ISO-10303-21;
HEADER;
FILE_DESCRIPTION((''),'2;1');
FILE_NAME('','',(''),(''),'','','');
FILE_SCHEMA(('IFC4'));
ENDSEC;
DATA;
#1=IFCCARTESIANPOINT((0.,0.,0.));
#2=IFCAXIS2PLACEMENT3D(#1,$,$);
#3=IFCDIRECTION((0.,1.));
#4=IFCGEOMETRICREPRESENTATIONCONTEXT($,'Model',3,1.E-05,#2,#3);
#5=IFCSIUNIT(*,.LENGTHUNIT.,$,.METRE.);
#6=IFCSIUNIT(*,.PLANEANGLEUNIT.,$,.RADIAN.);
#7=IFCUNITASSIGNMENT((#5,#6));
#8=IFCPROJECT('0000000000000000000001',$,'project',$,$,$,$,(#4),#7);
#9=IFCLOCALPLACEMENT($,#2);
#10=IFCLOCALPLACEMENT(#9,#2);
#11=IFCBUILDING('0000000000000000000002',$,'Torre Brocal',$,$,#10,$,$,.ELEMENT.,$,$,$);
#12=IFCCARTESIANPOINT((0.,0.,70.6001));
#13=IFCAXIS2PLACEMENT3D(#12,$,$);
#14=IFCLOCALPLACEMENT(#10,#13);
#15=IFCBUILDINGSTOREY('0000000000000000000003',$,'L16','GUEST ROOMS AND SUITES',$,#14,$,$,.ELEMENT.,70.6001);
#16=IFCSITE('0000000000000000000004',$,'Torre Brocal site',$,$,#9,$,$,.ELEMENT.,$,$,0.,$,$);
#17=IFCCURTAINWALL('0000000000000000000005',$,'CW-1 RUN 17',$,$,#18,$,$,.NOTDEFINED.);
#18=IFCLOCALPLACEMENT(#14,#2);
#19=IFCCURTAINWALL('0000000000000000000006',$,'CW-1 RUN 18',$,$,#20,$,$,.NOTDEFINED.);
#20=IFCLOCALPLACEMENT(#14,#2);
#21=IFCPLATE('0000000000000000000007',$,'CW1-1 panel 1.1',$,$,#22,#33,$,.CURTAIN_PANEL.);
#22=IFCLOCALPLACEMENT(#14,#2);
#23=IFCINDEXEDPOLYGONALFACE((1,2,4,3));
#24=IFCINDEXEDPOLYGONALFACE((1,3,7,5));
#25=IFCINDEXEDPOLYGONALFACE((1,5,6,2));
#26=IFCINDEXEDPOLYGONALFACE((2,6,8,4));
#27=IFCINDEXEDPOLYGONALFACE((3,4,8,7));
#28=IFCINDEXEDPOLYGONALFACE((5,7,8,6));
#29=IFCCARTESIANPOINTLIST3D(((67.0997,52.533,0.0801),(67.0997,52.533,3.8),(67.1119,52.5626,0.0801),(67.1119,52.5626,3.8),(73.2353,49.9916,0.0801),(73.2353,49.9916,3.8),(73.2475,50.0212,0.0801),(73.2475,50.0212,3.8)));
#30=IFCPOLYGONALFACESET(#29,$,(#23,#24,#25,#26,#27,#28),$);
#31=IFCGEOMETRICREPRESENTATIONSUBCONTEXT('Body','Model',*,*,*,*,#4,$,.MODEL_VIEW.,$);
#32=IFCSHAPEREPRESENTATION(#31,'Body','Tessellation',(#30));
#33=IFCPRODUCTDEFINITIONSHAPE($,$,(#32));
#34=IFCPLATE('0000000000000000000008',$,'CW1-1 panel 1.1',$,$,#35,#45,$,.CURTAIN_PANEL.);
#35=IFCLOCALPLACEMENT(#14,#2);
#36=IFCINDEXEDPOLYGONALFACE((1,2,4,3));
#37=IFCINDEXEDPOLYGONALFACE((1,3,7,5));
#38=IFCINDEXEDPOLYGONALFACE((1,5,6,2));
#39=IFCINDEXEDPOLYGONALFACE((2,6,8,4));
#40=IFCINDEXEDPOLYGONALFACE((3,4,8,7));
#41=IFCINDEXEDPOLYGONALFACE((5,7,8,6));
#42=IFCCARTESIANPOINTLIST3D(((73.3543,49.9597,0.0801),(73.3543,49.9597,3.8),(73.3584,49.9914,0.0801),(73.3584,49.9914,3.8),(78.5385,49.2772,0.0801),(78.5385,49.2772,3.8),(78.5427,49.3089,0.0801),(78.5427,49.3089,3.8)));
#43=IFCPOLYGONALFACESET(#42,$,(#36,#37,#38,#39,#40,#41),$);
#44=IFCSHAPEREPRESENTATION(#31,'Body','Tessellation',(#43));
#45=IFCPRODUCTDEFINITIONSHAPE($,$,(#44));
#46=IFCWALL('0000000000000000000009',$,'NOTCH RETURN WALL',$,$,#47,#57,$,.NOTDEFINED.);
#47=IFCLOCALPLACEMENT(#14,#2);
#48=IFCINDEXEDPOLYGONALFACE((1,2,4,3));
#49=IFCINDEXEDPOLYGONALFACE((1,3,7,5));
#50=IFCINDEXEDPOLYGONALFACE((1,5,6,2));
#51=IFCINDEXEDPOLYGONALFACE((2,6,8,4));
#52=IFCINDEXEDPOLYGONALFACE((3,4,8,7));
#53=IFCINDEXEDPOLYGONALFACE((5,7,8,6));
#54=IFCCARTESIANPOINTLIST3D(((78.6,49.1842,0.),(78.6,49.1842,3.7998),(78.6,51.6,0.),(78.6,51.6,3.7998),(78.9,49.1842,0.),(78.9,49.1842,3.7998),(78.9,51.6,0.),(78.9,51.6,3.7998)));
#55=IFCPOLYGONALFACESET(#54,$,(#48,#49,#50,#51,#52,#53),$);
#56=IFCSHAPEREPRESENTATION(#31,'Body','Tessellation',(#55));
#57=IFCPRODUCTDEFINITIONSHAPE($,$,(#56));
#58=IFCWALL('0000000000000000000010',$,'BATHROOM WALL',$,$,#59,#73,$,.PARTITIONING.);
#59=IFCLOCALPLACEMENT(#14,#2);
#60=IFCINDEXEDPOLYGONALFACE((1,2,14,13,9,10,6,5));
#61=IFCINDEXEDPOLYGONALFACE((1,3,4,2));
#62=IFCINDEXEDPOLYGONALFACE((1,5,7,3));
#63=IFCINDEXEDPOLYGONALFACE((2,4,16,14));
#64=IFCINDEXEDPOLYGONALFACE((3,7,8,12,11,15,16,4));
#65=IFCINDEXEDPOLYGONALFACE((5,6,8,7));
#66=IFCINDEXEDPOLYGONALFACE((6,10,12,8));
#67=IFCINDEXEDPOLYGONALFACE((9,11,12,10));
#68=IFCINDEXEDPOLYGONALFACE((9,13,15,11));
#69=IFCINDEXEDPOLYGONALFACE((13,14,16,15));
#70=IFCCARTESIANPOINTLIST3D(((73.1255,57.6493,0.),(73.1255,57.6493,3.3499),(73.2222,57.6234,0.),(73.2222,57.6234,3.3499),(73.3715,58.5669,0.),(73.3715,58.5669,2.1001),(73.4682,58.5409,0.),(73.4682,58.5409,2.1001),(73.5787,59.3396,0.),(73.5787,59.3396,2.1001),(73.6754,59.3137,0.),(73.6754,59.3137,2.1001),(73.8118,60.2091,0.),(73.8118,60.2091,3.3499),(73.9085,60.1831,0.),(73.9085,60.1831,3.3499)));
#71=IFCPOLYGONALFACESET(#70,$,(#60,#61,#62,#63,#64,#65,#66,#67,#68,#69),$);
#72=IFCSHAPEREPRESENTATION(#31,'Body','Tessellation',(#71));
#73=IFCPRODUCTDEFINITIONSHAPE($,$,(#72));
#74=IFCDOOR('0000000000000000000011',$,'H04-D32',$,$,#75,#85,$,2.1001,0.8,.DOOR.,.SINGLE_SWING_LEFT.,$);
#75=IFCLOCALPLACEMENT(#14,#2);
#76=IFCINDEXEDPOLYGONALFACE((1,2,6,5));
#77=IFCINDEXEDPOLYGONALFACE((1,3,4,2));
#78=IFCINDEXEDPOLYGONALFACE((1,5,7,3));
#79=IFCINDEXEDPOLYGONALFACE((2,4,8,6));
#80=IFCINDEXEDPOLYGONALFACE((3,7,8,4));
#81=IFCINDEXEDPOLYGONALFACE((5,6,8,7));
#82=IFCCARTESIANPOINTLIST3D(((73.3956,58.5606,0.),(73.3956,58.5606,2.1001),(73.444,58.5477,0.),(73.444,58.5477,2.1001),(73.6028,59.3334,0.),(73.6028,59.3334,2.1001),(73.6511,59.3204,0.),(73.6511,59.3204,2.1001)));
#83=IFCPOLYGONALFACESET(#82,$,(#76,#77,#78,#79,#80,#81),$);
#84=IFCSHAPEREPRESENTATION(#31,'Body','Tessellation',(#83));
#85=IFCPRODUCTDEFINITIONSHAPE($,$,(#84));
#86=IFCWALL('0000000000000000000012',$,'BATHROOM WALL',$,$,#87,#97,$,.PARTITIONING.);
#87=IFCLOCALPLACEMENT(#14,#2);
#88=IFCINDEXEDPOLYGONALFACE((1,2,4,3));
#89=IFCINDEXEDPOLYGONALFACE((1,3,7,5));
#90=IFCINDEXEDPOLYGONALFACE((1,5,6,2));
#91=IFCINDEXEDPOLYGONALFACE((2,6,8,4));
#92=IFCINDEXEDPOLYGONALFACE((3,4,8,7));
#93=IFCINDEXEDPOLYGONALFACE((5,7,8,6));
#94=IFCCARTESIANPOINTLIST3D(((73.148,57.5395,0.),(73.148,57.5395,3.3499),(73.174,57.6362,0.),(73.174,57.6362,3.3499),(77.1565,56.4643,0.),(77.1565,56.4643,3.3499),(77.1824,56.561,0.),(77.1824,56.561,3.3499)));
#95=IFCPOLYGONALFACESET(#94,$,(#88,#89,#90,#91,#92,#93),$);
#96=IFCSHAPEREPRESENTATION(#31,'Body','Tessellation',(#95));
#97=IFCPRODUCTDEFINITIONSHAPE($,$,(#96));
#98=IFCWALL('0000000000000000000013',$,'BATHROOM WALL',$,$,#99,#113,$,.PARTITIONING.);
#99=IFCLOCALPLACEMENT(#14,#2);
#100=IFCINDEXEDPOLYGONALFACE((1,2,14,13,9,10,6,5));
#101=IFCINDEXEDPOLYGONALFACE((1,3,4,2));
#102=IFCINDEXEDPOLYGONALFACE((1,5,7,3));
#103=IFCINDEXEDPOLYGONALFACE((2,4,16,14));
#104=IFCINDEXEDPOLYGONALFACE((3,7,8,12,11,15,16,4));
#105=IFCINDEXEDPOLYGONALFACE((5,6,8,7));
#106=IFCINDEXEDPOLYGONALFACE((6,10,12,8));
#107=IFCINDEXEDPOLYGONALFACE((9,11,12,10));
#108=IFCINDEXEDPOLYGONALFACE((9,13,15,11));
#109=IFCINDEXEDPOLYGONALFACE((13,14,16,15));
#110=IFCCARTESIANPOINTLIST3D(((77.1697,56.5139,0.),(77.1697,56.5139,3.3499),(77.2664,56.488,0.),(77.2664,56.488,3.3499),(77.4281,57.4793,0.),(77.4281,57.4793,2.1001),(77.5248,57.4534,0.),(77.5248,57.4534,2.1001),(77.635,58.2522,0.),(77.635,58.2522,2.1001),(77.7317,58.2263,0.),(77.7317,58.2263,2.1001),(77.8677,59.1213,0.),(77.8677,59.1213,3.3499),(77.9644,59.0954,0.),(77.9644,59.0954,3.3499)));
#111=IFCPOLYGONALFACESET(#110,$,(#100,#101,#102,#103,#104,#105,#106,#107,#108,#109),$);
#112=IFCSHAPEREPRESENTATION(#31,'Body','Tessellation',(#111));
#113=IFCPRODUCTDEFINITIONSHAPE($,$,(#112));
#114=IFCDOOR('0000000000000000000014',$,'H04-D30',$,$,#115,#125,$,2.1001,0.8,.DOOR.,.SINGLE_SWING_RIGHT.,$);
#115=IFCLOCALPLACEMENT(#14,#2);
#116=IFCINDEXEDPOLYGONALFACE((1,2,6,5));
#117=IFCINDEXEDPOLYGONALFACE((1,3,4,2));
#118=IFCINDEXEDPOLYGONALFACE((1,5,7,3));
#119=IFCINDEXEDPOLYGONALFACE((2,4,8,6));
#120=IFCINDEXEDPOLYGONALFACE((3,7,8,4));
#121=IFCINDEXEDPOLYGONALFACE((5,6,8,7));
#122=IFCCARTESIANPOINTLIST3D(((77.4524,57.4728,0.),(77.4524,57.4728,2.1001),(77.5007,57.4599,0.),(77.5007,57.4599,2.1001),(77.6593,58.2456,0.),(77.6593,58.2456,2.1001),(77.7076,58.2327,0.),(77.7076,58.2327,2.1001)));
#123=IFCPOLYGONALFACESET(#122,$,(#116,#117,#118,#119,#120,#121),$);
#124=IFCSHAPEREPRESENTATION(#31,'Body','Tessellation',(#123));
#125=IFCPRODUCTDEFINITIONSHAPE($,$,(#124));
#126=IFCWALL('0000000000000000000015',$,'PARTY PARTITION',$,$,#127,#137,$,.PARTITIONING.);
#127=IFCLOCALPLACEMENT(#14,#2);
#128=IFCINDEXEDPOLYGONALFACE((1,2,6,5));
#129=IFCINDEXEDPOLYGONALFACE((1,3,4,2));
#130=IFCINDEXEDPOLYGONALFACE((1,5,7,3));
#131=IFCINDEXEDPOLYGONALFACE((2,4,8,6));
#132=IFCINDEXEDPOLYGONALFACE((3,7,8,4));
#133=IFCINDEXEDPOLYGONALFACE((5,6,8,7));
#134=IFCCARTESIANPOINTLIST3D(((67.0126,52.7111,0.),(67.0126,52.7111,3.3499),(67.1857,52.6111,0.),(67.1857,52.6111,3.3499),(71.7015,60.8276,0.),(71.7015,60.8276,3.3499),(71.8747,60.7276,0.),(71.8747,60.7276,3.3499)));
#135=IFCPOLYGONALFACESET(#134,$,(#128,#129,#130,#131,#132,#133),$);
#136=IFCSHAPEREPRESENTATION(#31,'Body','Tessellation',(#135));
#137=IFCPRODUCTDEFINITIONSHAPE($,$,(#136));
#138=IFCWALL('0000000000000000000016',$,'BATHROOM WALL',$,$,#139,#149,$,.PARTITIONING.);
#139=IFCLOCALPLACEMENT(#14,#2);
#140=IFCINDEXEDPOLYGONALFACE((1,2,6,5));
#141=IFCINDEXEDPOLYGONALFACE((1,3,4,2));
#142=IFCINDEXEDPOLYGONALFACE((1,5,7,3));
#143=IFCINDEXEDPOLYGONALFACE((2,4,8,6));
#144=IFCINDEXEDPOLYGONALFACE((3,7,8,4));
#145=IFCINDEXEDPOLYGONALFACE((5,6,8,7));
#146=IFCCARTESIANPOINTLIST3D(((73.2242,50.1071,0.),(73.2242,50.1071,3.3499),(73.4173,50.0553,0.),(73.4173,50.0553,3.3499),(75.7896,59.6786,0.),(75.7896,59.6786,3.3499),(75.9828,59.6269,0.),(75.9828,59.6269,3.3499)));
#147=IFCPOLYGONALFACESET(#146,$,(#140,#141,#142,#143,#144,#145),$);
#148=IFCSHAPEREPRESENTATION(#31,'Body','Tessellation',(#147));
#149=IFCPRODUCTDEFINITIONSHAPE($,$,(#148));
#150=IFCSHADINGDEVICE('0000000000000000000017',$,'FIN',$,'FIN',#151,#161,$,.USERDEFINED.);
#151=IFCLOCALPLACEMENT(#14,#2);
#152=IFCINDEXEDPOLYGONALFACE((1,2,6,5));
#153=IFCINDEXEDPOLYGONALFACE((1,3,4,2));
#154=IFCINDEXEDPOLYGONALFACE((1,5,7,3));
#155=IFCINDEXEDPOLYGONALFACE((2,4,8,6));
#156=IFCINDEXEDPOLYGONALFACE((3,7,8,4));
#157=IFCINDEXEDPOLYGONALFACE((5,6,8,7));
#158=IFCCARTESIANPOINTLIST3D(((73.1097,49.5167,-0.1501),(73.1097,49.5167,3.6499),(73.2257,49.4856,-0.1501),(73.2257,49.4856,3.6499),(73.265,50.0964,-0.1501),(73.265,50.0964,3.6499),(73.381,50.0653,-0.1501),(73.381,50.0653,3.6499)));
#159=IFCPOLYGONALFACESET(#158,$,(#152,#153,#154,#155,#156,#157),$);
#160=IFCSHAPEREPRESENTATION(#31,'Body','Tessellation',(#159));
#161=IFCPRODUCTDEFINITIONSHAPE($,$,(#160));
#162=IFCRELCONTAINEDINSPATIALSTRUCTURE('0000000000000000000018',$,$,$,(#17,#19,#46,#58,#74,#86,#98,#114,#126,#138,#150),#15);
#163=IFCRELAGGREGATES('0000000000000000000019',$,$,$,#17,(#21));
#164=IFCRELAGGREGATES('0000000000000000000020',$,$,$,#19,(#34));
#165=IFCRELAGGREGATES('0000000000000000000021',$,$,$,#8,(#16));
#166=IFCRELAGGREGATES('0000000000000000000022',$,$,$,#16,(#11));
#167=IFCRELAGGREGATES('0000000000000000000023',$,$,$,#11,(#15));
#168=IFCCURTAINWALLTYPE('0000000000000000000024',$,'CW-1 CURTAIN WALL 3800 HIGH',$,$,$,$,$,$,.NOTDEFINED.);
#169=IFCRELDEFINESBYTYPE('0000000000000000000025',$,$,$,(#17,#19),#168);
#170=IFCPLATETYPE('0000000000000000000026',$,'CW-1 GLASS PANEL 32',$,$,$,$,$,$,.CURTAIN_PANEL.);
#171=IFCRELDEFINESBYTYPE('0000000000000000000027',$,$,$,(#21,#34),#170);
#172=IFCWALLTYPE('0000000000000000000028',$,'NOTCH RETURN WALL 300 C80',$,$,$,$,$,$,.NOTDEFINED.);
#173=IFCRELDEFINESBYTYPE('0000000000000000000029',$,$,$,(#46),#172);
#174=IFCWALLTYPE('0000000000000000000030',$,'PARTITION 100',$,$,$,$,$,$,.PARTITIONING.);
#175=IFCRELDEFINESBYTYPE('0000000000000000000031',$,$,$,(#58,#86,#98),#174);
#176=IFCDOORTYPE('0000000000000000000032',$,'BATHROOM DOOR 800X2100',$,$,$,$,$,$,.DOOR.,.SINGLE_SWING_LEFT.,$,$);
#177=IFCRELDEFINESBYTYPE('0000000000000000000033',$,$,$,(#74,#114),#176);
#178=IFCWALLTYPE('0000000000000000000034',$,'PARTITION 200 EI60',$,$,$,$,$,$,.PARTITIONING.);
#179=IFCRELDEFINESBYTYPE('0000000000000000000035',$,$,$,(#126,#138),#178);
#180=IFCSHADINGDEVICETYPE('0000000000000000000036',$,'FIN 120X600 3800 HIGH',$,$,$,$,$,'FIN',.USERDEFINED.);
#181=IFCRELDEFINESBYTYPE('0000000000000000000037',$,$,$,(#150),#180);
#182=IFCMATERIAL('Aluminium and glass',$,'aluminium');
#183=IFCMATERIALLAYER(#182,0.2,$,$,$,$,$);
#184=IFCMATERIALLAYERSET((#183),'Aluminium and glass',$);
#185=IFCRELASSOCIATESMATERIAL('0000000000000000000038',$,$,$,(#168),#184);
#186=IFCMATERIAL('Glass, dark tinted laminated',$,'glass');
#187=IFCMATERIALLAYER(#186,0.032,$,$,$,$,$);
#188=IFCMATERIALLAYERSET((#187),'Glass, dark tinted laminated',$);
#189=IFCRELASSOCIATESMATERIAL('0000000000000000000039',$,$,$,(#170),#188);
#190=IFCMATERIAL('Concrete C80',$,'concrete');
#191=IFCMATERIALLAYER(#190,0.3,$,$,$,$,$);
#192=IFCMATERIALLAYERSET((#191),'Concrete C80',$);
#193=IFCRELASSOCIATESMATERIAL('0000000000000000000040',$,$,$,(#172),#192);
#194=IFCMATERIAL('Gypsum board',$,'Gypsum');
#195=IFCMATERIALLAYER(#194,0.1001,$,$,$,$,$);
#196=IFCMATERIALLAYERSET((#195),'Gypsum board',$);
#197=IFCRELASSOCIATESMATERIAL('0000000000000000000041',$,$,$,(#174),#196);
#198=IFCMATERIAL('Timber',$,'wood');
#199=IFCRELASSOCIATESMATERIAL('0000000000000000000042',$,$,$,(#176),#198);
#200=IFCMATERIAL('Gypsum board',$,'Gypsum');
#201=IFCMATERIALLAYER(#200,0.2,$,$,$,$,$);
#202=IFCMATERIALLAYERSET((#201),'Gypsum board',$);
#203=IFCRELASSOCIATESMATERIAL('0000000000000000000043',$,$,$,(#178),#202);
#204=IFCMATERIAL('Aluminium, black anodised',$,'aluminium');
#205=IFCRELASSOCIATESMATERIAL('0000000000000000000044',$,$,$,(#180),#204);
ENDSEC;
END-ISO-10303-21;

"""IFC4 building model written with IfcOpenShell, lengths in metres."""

from ifc_helpers import new_model, si_unit, direction, frame, frame_2d, origin, origin_2d, place, context, subcontext, project, spatial, rectangle, extrude, material, layer, layer_set, material_profile, profile_set, type_object, element, fill, aggregate, save


model = new_model("IFC4")

# Units and contexts
model_context = context("Model", 3, precision=1e-05, world=origin(), true_north=direction((0.0, 1.0)))
body_context = subcontext(model_context, "Body", "Model", "MODEL_VIEW")
ifc_project = project(units=[si_unit("LENGTHUNIT", "METRE"), si_unit("PLANEANGLEUNIT", "RADIAN")], contexts=[model_context])

# Site, building, storey
site_placement = place(None, origin())
site = spatial("IfcSite", under=ifc_project, at=site_placement, Name="Torre Brocal site", CompositionType="ELEMENT", RefElevation=0.0)
building_placement = place(site_placement, origin())
building = spatial("IfcBuilding", under=site, at=building_placement, Name="Torre Brocal", CompositionType="ELEMENT")
storey_placement = place(building_placement, frame((0.0, 0.0, 70.6001)))
storey = spatial("IfcBuildingStorey", under=building, at=storey_placement, Name="L16", Description="GUEST ROOMS AND SUITES", CompositionType="ELEMENT", Elevation=70.6001)

# Curtain walls
ifc_material_1 = material(Name="Aluminium and glass", Category="aluminium")
ifc_layer_1 = layer(ifc_material_1, 0.2)
ifc_layer_set_1 = layer_set([ifc_layer_1], Name="Aluminium and glass")
curtain_wall_type = type_object("IfcCurtainWallType", Name="CW-1 CURTAIN WALL 3800 HIGH", PredefinedType="NOTDEFINED", material=ifc_layer_set_1)
curtain_wall_1_placement = place(storey_placement, origin())
curtain_wall_1 = element("IfcCurtainWall", 1, at=curtain_wall_1_placement, inside=storey, type_object=curtain_wall_type, Name="CW-1 RUN 17", PredefinedType="NOTDEFINED")
curtain_wall_2_placement = place(storey_placement, origin())
curtain_wall_2 = element("IfcCurtainWall", 2, at=curtain_wall_2_placement, inside=storey, type_object=curtain_wall_type, Name="CW-1 RUN 18", PredefinedType="NOTDEFINED")

# Plates
ifc_material_2 = material(Name="Glass, dark tinted laminated", Category="glass")
ifc_layer_2 = layer(ifc_material_2, 0.032)
ifc_layer_set_2 = layer_set([ifc_layer_2], Name="Glass, dark tinted laminated")
plate_type = type_object("IfcPlateType", Name="CW-1 GLASS PANEL 32", PredefinedType="CURTAIN_PANEL", material=ifc_layer_set_2)
plate_1_placement = place(storey_placement, frame((70.1736, 51.2771, 0.0801), z_axis=(0.0, 0.0, 1.0), x_axis=(0.92388, -0.382683, 0.0)))
plate_1 = element("IfcPlate", 3, at=plate_1_placement, type_object=plate_type, Name="CW1-1 panel 1.1", PredefinedType="CURTAIN_PANEL", context=body_context, shape_type="SweptSolid", body=[
    extrude(rectangle(XDim=6.6411, YDim=0.032, at=origin_2d()), origin(), (0.0, 0.0, 1.0), 3.72),
])
aggregate(curtain_wall_1, [plate_1])
plate_2_placement = place(storey_placement, frame((75.9485, 49.6343, 0.0801), z_axis=(0.0, 0.0, 1.0), x_axis=(0.991445, -0.130526, 0.0)))
plate_2 = element("IfcPlate", 4, at=plate_2_placement, type_object=plate_type, Name="CW1-1 panel 1.1", PredefinedType="CURTAIN_PANEL", context=body_context, shape_type="SweptSolid", body=[
    extrude(rectangle(XDim=5.229, YDim=0.032, at=origin_2d()), origin(), (0.0, 0.0, 1.0), 3.72),
])
aggregate(curtain_wall_2, [plate_2])

# Wall
ifc_material_3 = material(Name="Concrete C80", Category="concrete")
ifc_layer_3 = layer(ifc_material_3, 0.3)
ifc_layer_set_3 = layer_set([ifc_layer_3], Name="Concrete C80")
wall_type_1 = type_object("IfcWallType", Name="NOTCH RETURN WALL 300 C80", PredefinedType="NOTDEFINED", material=ifc_layer_set_3)
wall_1_placement = place(storey_placement, frame((78.75, 51.6001, 0.0), z_axis=(0.0, 0.0, 1.0), x_axis=(0.0, -1.0, 0.0)))
element("IfcWall", 5, at=wall_1_placement, inside=storey, type_object=wall_type_1, Name="NOTCH RETURN WALL", PredefinedType="NOTDEFINED", context=body_context, shape_type="SweptSolid", body=[
    extrude(rectangle(XDim=2.4158, YDim=0.3, at=frame_2d((1.208, 0.0))), origin(), (0.0, 0.0, 1.0), 3.7998),
])

# Wall, opening, door
ifc_material_4 = material(Name="Gypsum board", Category="Gypsum")
ifc_layer_4 = layer(ifc_material_4, 0.1001)
ifc_layer_set_4 = layer_set([ifc_layer_4], Name="Gypsum board")
wall_type_2 = type_object("IfcWallType", Name="PARTITION 100", PredefinedType="PARTITIONING", material=ifc_layer_set_4)
wall_2_placement = place(storey_placement, frame((73.1738, 57.6362, 0.0), z_axis=(0.0, 0.0, 1.0), x_axis=(0.258952, 0.96589, 0.0)))
wall_2 = element("IfcWall", 6, at=wall_2_placement, inside=storey, type_object=wall_type_2, Name="BATHROOM WALL", PredefinedType="PARTITIONING", context=body_context, shape_type="SweptSolid", body=[
    extrude(rectangle(XDim=2.6501, YDim=0.1001, at=frame_2d((1.3252, 0.0))), origin(), (0.0, 0.0, 1.0), 3.3499),
])
opening_1_placement = place(wall_2_placement, frame((0.9502, 0.0, 0.0)))
opening_1 = element("IfcOpeningElement", 7, at=opening_1_placement, cuts=wall_2, PredefinedType="OPENING", context=body_context, shape_type="SweptSolid", body=[
    extrude(rectangle(XDim=0.8, YDim=2.1001, at=frame_2d((0.3999, 1.05))), frame((0.0, 0.0601, 0.0), z_axis=(0.0, -1.0, 0.0), x_axis=(1.0, 0.0, 0.0)), (0.0, 0.0, 1.0), 0.1201),
])
ifc_material_5 = material(Name="Timber", Category="wood")
door_type = type_object("IfcDoorType", Name="BATHROOM DOOR 800X2100", OperationType="SINGLE_SWING_LEFT", PredefinedType="DOOR", material=ifc_material_5)
door_1_placement = place(opening_1_placement, frame((0.8, 0.0, 0.0), z_axis=(0.0, 0.0, 1.0), x_axis=(-1.0, 0.0, 0.0)))
door_1 = element("IfcDoor", 8, at=door_1_placement, inside=storey, type_object=door_type, Name="H04-D32", OperationType="SINGLE_SWING_LEFT", OverallHeight=2.1001, OverallWidth=0.8, PredefinedType="DOOR", context=body_context, shape_type="SweptSolid", body=[
    extrude(rectangle(XDim=0.8, YDim=2.1001, at=frame_2d((0.3999, 1.05))), frame((0.0, 0.0249, 0.0), z_axis=(0.0, -1.0, 0.0), x_axis=(1.0, 0.0, 0.0)), (0.0, 0.0, 1.0), 0.05),
])
fill(opening_1, door_1)

# Wall
wall_3_placement = place(storey_placement, frame((73.1609, 57.5879, 0.0), z_axis=(0.0, 0.0, 1.0), x_axis=(0.965859, -0.259068, 0.0)))
element("IfcWall", 9, at=wall_3_placement, inside=storey, type_object=wall_type_2, Name="BATHROOM WALL", PredefinedType="PARTITIONING", context=body_context, shape_type="SweptSolid", body=[
    extrude(rectangle(XDim=4.1501, YDim=0.1001, at=frame_2d((2.0752, 0.0))), origin(), (0.0, 0.0, 1.0), 3.3499),
])

# Wall, opening, door
wall_4_placement = place(storey_placement, frame((77.218, 56.501, 0.0), z_axis=(0.0, 0.0, 1.0), x_axis=(0.258591, 0.965987, 0.0)))
wall_4 = element("IfcWall", 10, at=wall_4_placement, inside=storey, type_object=wall_type_2, Name="BATHROOM WALL", PredefinedType="PARTITIONING", context=body_context, shape_type="SweptSolid", body=[
    extrude(rectangle(XDim=2.6992, YDim=0.1001, at=frame_2d((1.3496, 0.0))), origin(), (0.0, 0.0, 1.0), 3.3499),
])
opening_2_placement = place(wall_4_placement, frame((0.9995, 0.0, 0.0)))
opening_2 = element("IfcOpeningElement", 11, at=opening_2_placement, cuts=wall_4, PredefinedType="OPENING", context=body_context, shape_type="SweptSolid", body=[
    extrude(rectangle(XDim=0.8, YDim=2.1001, at=frame_2d((0.3999, 1.05))), frame((0.0, 0.0601, 0.0), z_axis=(0.0, -1.0, 0.0), x_axis=(1.0, 0.0, 0.0)), (0.0, 0.0, 1.0), 0.1201),
])
door_2_placement = place(opening_2_placement, origin())
door_2 = element("IfcDoor", 12, at=door_2_placement, inside=storey, type_object=door_type, Name="H04-D30", OperationType="SINGLE_SWING_RIGHT", OverallHeight=2.1001, OverallWidth=0.8, PredefinedType="DOOR", context=body_context, shape_type="SweptSolid", body=[
    extrude(rectangle(XDim=0.8, YDim=2.1001, at=frame_2d((0.3999, 1.05))), frame((0.0, 0.0249, 0.0), z_axis=(0.0, -1.0, 0.0), x_axis=(1.0, 0.0, 0.0)), (0.0, 0.0, 1.0), 0.05),
])
fill(opening_2, door_2)

# Walls
ifc_material_6 = material(Name="Gypsum board", Category="Gypsum")
ifc_layer_5 = layer(ifc_material_6, 0.2)
ifc_layer_set_5 = layer_set([ifc_layer_5], Name="Gypsum board")
wall_type_3 = type_object("IfcWallType", Name="PARTITION 200 EI60", PredefinedType="PARTITIONING", material=ifc_layer_set_5)
wall_5_placement = place(storey_placement, frame((67.0991, 52.6611, 0.0), z_axis=(0.0, 0.0, 1.0), x_axis=(0.500234, 0.86589, 0.0)))
element("IfcWall", 13, at=wall_5_placement, inside=storey, type_object=wall_type_3, Name="PARTY PARTITION", PredefinedType="PARTITIONING", context=body_context, shape_type="SweptSolid", body=[
    extrude(rectangle(XDim=9.3735, YDim=0.2, at=frame_2d((4.6868, 0.0))), origin(), (0.0, 0.0, 1.0), 3.3499),
])
wall_6_placement = place(storey_placement, frame((73.3208, 50.0813, 0.0), z_axis=(0.0, 0.0, 1.0), x_axis=(0.258889, 0.965907, 0.0)))
element("IfcWall", 14, at=wall_6_placement, inside=storey, type_object=wall_type_3, Name="BATHROOM WALL", PredefinedType="PARTITIONING", context=body_context, shape_type="SweptSolid", body=[
    extrude(rectangle(XDim=9.9094, YDim=0.2, at=frame_2d((4.9546, 0.0))), origin(), (0.0, 0.0, 1.0), 3.3499),
])

# Shading device
ifc_material_7 = material(Name="Aluminium, black anodised", Category="aluminium")
ifc_material_profile_1 = material_profile(ifc_material_7, rectangle(XDim=0.1201, YDim=0.6001, at=origin_2d()), Name="FIN 120X600 3800 HIGH")
ifc_profile_set_1 = profile_set([ifc_material_profile_1], Name="Aluminium, black anodised")
shading_device_type = type_object("IfcShadingDeviceType", Name="FIN 120X600 3800 HIGH", ElementType="FIN", PredefinedType="USERDEFINED", material=ifc_profile_set_1)
shading_device_placement = place(storey_placement, frame((73.2454, 49.791, -0.1501), z_axis=(0.0, 0.0, 1.0), x_axis=(0.965926, -0.258819, 0.0)))
element("IfcShadingDevice", 15, at=shading_device_placement, inside=storey, type_object=shading_device_type, Name="FIN", ObjectType="FIN", PredefinedType="USERDEFINED", context=body_context, shape_type="SweptSolid", body=[
    extrude(rectangle(XDim=0.1201, YDim=0.6001, at=origin_2d()), origin(), (0.0, 0.0, 1.0), 3.8),
])

save(model, "model.ifc")
